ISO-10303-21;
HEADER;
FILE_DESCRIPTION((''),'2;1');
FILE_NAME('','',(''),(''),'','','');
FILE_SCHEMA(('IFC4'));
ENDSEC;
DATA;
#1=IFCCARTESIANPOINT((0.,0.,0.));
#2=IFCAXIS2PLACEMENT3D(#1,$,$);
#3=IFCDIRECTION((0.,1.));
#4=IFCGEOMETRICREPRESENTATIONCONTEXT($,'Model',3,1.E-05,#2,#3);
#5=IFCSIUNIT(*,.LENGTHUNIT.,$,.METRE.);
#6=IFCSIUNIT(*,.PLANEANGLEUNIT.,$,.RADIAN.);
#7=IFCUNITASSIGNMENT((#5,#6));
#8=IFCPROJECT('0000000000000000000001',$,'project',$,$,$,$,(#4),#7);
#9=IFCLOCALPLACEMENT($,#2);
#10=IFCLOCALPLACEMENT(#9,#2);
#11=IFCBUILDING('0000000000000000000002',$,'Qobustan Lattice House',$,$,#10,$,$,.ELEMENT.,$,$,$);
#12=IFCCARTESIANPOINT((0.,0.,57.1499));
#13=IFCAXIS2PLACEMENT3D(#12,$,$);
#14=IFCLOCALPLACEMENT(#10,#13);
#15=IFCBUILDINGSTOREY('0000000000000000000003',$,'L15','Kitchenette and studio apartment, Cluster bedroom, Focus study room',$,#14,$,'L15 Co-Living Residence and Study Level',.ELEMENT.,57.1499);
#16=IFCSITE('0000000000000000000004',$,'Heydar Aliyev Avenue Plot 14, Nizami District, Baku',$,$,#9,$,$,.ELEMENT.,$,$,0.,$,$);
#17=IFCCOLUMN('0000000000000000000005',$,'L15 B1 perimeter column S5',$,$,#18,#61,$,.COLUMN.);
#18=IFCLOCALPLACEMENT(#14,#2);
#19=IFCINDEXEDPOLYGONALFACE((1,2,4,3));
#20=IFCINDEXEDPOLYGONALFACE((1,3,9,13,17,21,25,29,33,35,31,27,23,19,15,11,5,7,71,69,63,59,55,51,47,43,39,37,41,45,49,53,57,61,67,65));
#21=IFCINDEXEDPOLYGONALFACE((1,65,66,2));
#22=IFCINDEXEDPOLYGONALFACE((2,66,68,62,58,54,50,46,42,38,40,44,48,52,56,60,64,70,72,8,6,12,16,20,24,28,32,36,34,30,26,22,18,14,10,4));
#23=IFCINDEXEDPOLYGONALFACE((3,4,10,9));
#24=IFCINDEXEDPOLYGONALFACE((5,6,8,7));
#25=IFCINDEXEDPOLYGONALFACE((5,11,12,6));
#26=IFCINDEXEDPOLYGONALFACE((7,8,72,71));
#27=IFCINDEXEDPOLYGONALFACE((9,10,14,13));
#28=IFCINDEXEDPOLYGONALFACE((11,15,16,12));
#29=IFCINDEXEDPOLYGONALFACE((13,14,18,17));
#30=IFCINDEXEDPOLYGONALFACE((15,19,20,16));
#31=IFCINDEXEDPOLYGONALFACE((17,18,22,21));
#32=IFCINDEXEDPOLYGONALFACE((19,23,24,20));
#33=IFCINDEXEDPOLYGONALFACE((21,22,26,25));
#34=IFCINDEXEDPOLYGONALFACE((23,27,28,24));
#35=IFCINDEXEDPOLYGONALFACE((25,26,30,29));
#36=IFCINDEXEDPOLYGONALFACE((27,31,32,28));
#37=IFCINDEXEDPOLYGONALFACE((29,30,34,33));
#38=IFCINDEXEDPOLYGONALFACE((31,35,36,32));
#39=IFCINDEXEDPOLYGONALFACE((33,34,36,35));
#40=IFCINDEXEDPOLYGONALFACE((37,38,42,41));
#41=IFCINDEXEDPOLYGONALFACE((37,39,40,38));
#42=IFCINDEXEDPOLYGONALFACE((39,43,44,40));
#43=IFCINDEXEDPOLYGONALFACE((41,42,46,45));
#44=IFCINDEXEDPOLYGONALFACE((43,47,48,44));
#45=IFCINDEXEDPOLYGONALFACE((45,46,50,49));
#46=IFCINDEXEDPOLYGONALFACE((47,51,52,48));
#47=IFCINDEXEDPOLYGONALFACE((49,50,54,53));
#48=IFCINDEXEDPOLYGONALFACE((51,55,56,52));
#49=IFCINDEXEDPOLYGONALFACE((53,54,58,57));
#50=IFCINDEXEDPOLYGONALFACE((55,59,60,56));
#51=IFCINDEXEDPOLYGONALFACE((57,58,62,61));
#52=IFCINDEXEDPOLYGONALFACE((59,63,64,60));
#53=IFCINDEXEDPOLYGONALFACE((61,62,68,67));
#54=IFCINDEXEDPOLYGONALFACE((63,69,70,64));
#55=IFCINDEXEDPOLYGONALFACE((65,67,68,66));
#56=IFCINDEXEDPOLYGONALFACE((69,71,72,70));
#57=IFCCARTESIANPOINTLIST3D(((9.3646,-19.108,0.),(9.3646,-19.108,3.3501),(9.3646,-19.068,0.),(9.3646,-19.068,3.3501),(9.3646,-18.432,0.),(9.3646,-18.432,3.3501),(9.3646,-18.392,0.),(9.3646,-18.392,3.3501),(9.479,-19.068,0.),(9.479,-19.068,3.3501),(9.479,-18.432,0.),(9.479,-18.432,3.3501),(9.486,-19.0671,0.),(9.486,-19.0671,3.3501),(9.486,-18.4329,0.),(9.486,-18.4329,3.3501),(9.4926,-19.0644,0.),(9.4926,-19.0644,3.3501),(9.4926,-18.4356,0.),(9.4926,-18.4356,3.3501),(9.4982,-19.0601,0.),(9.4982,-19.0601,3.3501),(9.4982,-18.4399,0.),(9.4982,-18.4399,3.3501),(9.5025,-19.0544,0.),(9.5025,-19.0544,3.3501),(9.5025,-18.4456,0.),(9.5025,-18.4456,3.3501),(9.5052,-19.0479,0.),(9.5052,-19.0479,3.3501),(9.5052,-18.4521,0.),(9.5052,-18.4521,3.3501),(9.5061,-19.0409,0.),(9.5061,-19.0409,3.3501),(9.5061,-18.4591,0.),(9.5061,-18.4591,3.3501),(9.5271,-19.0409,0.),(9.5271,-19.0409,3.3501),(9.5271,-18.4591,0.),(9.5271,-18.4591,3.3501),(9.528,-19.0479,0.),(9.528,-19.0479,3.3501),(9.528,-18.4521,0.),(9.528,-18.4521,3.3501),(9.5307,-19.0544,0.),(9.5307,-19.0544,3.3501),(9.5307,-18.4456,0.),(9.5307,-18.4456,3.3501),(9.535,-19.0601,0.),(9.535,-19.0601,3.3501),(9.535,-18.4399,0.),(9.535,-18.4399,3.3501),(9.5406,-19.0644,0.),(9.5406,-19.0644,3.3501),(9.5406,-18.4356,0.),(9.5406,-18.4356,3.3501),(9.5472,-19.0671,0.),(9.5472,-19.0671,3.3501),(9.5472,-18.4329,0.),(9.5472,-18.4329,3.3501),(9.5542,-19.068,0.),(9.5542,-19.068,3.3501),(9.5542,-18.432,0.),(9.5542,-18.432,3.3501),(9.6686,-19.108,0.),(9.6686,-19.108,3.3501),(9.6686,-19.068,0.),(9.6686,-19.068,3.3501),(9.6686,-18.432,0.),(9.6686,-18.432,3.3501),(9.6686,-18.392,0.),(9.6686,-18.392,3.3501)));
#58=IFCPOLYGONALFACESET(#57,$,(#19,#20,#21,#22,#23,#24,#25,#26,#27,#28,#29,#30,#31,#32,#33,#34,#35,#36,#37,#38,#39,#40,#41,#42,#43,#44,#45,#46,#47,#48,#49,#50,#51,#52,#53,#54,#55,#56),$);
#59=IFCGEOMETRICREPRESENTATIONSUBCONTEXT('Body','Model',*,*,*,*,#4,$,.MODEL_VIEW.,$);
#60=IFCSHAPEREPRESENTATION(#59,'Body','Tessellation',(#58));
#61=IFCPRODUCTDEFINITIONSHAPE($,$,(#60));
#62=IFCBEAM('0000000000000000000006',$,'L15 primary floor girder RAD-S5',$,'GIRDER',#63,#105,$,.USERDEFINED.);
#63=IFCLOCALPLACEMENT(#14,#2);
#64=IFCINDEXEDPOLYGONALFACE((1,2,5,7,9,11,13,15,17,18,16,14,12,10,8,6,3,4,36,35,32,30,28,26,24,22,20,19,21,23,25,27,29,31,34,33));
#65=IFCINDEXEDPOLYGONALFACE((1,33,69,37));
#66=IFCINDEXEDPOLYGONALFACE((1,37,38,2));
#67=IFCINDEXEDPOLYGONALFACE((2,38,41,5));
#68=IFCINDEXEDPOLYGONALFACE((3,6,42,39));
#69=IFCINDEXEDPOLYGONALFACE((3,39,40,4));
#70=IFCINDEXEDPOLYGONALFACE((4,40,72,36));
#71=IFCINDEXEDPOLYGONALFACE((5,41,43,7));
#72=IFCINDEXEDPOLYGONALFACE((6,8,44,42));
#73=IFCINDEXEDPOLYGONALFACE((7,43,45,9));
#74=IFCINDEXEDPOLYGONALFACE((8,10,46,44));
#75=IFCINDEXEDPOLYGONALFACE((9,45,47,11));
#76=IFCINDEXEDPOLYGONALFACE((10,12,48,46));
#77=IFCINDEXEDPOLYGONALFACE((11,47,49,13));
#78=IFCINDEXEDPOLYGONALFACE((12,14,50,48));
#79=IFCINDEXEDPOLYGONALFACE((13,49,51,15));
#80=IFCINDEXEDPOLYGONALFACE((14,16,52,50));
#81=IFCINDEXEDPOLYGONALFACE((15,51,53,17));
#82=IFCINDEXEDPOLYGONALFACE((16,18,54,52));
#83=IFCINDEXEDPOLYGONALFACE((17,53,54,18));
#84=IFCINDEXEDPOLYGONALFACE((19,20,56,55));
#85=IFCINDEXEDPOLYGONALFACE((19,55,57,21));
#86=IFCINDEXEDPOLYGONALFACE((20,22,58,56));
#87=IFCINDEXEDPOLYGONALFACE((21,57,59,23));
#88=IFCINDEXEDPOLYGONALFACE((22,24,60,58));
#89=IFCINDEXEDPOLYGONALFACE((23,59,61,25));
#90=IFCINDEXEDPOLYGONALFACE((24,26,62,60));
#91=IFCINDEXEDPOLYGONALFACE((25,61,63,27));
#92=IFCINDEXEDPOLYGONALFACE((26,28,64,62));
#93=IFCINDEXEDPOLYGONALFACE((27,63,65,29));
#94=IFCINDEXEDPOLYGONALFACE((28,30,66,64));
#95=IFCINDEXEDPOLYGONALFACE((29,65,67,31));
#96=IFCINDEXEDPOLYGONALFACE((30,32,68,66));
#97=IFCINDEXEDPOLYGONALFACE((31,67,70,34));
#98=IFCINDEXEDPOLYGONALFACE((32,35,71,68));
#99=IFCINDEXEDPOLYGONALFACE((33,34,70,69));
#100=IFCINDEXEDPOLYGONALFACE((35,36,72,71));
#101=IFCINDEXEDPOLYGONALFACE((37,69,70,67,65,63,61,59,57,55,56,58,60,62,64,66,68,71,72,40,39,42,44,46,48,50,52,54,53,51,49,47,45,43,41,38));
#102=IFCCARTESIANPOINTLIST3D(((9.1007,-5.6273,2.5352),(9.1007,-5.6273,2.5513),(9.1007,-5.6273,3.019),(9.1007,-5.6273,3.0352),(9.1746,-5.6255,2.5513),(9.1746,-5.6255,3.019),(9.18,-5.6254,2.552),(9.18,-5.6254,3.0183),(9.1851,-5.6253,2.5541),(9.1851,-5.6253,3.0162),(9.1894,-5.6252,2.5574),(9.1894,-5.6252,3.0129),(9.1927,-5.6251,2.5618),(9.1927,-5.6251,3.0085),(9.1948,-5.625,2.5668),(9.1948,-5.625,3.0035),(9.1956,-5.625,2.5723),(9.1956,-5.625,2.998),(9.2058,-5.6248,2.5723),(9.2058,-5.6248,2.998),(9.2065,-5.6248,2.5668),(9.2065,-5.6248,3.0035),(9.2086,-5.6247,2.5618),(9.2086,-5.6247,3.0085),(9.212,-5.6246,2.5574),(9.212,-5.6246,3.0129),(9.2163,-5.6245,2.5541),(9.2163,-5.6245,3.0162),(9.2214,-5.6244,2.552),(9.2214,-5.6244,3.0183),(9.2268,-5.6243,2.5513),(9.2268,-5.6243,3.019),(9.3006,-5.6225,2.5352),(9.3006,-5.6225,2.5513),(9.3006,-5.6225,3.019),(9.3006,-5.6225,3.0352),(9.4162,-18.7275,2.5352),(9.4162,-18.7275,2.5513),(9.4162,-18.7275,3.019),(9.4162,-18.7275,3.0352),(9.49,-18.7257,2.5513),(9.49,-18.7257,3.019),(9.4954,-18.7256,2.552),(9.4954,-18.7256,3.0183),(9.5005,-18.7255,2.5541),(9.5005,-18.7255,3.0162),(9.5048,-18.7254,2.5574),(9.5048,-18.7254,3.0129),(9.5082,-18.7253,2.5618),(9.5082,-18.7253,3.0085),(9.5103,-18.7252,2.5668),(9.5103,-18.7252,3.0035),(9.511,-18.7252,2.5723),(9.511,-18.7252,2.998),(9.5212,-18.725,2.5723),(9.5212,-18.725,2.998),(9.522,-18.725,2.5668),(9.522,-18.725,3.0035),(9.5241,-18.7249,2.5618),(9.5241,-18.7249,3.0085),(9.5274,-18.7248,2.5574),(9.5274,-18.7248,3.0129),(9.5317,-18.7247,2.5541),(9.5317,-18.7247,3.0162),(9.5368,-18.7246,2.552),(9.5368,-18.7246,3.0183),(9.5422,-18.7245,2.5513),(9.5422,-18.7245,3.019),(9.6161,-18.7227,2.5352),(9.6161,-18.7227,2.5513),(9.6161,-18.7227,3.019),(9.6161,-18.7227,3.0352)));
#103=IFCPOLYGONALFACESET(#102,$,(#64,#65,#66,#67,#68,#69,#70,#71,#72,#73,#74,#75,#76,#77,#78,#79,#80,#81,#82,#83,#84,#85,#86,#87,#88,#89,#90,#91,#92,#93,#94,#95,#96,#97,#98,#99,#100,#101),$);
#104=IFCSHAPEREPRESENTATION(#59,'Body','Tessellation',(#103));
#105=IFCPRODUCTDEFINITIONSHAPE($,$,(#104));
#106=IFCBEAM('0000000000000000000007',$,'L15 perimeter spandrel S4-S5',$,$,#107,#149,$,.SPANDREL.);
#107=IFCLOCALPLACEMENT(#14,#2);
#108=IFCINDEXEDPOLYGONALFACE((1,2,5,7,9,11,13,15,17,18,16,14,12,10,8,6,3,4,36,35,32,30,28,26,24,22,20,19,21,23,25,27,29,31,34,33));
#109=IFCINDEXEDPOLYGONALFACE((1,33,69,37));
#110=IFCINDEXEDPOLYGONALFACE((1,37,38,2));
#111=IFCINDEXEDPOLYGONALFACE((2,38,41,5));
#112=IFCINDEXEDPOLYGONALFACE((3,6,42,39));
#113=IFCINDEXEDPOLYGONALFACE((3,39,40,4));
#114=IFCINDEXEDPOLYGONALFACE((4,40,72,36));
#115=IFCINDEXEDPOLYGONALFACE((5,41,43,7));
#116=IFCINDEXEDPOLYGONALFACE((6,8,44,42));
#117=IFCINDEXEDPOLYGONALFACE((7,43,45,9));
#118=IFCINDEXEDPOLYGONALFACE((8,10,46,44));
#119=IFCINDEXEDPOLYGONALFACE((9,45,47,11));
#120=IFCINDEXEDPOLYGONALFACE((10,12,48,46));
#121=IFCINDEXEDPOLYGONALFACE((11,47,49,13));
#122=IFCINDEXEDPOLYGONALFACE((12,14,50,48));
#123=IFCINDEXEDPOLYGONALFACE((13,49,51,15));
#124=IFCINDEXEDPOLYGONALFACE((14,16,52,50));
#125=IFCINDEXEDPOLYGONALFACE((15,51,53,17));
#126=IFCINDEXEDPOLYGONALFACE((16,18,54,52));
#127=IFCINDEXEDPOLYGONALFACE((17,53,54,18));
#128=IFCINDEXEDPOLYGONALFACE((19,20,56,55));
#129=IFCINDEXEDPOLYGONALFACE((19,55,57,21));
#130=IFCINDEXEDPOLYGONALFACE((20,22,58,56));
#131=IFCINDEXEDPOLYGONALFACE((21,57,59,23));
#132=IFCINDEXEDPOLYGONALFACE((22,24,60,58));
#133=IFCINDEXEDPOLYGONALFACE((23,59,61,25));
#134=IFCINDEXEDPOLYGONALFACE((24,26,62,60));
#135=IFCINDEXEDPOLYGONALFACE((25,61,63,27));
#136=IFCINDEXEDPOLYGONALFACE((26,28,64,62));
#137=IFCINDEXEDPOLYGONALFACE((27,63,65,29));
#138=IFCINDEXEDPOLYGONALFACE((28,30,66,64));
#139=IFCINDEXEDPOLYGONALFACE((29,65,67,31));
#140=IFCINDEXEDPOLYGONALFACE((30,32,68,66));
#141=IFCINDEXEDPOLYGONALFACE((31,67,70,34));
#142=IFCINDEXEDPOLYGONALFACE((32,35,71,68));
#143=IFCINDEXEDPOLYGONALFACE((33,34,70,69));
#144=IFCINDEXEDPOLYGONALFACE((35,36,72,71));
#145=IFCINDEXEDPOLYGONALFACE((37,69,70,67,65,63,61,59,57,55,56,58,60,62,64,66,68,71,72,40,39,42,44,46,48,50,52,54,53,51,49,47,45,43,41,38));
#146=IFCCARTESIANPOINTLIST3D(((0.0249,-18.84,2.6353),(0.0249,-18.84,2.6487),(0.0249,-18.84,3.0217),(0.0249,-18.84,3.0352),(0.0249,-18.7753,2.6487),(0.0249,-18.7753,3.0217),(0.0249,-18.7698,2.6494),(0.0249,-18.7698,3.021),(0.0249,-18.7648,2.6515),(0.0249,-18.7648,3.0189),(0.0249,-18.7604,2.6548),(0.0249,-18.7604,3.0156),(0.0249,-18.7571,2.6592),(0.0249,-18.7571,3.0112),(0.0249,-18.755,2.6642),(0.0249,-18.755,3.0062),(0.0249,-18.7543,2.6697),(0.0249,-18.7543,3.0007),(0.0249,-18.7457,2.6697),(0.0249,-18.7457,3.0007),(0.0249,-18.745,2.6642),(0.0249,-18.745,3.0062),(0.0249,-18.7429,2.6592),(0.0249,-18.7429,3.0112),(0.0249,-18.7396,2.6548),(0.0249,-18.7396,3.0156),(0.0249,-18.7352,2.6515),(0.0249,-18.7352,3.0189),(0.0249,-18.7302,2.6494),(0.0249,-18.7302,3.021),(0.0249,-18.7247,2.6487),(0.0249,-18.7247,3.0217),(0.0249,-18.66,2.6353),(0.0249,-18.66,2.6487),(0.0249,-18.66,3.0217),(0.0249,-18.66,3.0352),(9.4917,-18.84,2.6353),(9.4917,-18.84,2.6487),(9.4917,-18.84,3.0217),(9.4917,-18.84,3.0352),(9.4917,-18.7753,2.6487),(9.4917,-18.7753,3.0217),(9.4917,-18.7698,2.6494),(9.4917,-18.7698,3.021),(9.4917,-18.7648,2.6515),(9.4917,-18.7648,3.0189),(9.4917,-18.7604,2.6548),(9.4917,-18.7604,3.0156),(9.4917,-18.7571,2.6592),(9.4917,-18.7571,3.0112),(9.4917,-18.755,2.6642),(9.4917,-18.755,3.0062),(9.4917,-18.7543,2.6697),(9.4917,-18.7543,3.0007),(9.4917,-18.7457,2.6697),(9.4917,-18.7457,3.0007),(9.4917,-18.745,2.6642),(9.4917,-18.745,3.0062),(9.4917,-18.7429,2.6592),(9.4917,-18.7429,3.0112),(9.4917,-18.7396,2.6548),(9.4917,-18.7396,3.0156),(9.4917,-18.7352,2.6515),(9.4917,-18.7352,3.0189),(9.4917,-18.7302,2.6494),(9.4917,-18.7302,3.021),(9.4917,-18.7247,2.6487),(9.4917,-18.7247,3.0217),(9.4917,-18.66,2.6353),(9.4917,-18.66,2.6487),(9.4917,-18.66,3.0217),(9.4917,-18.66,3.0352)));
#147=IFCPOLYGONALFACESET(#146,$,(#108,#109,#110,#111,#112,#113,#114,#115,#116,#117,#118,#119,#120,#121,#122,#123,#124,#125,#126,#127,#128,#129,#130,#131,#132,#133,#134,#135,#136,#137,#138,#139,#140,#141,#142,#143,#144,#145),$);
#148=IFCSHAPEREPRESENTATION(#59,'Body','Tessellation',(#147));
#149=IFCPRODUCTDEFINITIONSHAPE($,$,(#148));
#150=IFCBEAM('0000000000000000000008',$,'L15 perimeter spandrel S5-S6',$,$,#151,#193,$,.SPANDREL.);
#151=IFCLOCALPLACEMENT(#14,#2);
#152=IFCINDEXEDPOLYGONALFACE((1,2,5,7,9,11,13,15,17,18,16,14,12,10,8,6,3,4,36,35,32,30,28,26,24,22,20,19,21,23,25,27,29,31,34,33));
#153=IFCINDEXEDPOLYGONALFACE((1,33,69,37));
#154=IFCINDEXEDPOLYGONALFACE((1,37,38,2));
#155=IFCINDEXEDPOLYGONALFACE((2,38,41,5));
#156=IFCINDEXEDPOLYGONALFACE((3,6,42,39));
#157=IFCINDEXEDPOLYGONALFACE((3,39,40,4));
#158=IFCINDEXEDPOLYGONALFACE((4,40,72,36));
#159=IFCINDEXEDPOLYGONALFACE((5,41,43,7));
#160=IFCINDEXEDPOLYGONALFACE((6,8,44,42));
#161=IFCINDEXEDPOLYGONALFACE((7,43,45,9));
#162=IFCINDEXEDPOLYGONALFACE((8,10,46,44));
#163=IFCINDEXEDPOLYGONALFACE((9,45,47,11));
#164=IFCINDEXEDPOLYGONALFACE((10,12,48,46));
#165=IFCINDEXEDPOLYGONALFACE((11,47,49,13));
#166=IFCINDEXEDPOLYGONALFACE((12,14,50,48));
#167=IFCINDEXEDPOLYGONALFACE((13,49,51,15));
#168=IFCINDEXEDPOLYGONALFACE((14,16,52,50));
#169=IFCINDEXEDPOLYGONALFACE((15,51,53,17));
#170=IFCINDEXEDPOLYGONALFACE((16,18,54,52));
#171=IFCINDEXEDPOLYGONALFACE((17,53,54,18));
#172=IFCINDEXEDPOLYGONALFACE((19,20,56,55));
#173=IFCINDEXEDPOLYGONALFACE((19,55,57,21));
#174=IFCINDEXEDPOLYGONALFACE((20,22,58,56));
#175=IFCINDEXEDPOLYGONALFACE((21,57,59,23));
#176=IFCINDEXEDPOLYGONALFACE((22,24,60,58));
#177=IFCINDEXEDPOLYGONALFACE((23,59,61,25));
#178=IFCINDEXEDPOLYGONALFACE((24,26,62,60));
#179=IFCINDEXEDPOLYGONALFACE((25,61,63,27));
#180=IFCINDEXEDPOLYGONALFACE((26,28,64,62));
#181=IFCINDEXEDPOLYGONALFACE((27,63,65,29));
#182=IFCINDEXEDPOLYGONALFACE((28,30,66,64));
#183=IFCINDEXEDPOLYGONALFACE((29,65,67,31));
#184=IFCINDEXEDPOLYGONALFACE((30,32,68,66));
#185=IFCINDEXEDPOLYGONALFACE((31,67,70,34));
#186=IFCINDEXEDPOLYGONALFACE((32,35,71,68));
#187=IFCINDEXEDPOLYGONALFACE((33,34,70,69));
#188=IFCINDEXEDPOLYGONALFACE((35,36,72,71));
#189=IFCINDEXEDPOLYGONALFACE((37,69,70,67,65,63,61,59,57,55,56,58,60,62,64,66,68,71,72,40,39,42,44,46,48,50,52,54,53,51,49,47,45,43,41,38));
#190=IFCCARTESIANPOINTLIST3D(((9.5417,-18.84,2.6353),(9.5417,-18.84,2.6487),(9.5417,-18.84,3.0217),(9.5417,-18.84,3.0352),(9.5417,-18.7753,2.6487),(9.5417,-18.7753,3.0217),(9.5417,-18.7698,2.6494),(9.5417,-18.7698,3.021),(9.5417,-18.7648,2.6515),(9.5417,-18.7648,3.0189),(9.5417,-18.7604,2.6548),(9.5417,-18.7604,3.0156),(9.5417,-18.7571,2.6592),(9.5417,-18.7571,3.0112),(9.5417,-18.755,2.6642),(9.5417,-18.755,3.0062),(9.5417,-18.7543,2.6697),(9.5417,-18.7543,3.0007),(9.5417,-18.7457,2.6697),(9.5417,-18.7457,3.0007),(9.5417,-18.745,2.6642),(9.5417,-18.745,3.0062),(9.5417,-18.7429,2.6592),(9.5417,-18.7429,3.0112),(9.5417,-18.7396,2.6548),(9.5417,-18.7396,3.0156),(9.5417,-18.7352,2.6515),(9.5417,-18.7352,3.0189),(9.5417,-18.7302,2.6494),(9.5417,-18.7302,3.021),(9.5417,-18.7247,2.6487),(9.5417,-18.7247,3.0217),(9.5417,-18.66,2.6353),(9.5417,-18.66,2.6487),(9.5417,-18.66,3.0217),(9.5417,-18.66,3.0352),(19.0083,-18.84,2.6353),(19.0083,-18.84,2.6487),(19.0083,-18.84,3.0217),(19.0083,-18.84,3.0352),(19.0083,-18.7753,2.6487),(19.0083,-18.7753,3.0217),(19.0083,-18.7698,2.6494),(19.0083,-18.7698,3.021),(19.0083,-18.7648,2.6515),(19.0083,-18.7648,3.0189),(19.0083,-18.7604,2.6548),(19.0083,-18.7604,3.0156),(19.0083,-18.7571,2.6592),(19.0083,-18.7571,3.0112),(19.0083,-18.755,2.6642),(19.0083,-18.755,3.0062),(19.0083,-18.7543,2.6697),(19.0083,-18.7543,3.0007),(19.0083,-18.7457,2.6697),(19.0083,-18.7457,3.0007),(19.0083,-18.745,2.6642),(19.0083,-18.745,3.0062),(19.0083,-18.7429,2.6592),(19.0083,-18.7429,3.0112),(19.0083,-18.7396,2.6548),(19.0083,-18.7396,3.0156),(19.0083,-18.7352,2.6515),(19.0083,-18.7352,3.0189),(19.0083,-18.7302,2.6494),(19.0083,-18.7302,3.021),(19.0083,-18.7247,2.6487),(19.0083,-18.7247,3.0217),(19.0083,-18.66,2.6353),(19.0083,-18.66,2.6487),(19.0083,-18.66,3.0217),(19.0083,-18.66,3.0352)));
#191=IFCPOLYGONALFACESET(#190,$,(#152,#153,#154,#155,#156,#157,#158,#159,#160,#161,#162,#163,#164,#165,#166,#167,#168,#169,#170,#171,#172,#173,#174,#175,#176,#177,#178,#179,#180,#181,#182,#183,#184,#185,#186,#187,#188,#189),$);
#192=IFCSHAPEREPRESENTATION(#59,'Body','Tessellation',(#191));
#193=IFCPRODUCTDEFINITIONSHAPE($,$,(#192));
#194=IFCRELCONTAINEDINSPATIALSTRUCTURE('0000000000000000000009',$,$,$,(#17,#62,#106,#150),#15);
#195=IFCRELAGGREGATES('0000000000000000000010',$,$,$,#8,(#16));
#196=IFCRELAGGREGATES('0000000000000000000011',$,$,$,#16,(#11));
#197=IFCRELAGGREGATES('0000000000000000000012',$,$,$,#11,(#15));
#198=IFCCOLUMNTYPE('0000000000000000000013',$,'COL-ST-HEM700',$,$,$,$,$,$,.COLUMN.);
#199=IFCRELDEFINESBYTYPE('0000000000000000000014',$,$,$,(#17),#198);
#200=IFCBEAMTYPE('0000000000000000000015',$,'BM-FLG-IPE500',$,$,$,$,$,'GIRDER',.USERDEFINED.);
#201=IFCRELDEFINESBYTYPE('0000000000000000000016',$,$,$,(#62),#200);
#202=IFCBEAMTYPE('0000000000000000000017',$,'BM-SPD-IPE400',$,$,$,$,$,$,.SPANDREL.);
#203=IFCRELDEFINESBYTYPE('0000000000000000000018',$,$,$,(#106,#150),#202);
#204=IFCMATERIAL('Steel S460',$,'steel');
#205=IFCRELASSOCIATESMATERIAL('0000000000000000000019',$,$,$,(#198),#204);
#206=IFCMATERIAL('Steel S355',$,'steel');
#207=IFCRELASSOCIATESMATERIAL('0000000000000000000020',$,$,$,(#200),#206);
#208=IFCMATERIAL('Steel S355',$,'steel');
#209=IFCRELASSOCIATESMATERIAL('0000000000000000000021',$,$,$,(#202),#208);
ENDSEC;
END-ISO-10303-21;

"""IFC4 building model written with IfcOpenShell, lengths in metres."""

from ifc_helpers import new_model, si_unit, direction, frame, origin, origin_2d, place, context, subcontext, project, spatial, i_section, extrude, material, material_profile, profile_set, type_object, element, save


model = new_model("IFC4")

# Units and contexts
model_context = context("Model", 3, precision=1e-05, world=origin(), true_north=direction((0.0, 1.0)))
body_context = subcontext(model_context, "Body", "Model", "MODEL_VIEW")
ifc_project = project(units=[si_unit("LENGTHUNIT", "METRE"), si_unit("PLANEANGLEUNIT", "RADIAN")], contexts=[model_context])

# Site, building, storey
site_placement = place(None, origin())
site = spatial("IfcSite", under=ifc_project, at=site_placement, Name="Heydar Aliyev Avenue Plot 14, Nizami District, Baku", CompositionType="ELEMENT", RefElevation=0.0)
building_placement = place(site_placement, origin())
building = spatial("IfcBuilding", under=site, at=building_placement, Name="Qobustan Lattice House", CompositionType="ELEMENT")
storey_placement = place(building_placement, frame((0.0, 0.0, 57.1499)))
storey = spatial("IfcBuildingStorey", under=building, at=storey_placement, Name="L15", Description="Kitchenette and studio apartment, Cluster bedroom, Focus study room", LongName="L15 Co-Living Residence and Study Level", CompositionType="ELEMENT", Elevation=57.1499)

# Column
ifc_material_1 = material(Name="Steel S460", Category="steel")
ifc_material_profile_1 = material_profile(ifc_material_1, i_section(OverallWidth=0.304, OverallDepth=0.7161, WebThickness=0.021, FlangeThickness=0.04, FilletRadius=0.0271, at=origin_2d()), Name="HEM700")
ifc_profile_set_1 = profile_set([ifc_material_profile_1], Name="Steel S460")
column_type = type_object("IfcColumnType", Name="COL-ST-HEM700", PredefinedType="COLUMN", material=ifc_profile_set_1)
column_placement = place(storey_placement, frame((9.5166, -18.75, 0.0), z_axis=(0.0, 0.0, 1.0), x_axis=(1.0, 0.0, 0.0)))
element("IfcColumn", 1, at=column_placement, inside=storey, type_object=column_type, Name="L15 B1 perimeter column S5", PredefinedType="COLUMN", context=body_context, shape_type="SweptSolid", body=[
    extrude(i_section(OverallWidth=0.304, OverallDepth=0.7161, WebThickness=0.021, FlangeThickness=0.04, FilletRadius=0.0271, at=origin_2d()), origin(), (0.0, 0.0, 1.0), 3.3501),
])

# Beams
ifc_material_2 = material(Name="Steel S355", Category="steel")
ifc_material_profile_2 = material_profile(ifc_material_2, i_section(OverallWidth=0.2, OverallDepth=0.5, WebThickness=0.0103, FlangeThickness=0.0161, FilletRadius=0.021, at=origin_2d()), Name="IPE500")
ifc_profile_set_2 = profile_set([ifc_material_profile_2], Name="Steel S355")
beam_type_1 = type_object("IfcBeamType", Name="BM-FLG-IPE500", ElementType="GIRDER", PredefinedType="USERDEFINED", material=ifc_profile_set_2)
beam_1_placement = place(storey_placement, frame((9.5161, -18.7251, 2.7852), z_axis=(-0.024071, 0.99971, 0.0), x_axis=(-0.99971, -0.024071, 0.0)))
element("IfcBeam", 2, at=beam_1_placement, inside=storey, type_object=beam_type_1, Name="L15 primary floor girder RAD-S5", ObjectType="GIRDER", PredefinedType="USERDEFINED", context=body_context, shape_type="SweptSolid", body=[
    extrude(i_section(OverallWidth=0.2, OverallDepth=0.5, WebThickness=0.0103, FlangeThickness=0.0161, FilletRadius=0.021, at=origin_2d()), origin(), (0.0, 0.0, 1.0), 13.104),
])
ifc_material_3 = material(Name="Steel S355", Category="steel")
ifc_material_profile_3 = material_profile(ifc_material_3, i_section(OverallWidth=0.1799, OverallDepth=0.3999, WebThickness=0.0085, FlangeThickness=0.0134, FilletRadius=0.021, at=origin_2d()), Name="IPE400")
ifc_profile_set_3 = profile_set([ifc_material_profile_3], Name="Steel S355")
beam_type_2 = type_object("IfcBeamType", Name="BM-SPD-IPE400", PredefinedType="SPANDREL", material=ifc_profile_set_3)
beam_2_placement = place(storey_placement, frame((0.0249, -18.75, 2.8352), z_axis=(1.0, 0.0, 0.0), x_axis=(0.0, 1.0, 0.0)))
element("IfcBeam", 3, at=beam_2_placement, inside=storey, type_object=beam_type_2, Name="L15 perimeter spandrel S4-S5", PredefinedType="SPANDREL", context=body_context, shape_type="SweptSolid", body=[
    extrude(i_section(OverallWidth=0.1799, OverallDepth=0.3999, WebThickness=0.0085, FlangeThickness=0.0134, FilletRadius=0.021, at=origin_2d()), origin(), (0.0, 0.0, 1.0), 9.4668),
])
beam_3_placement = place(storey_placement, frame((9.5417, -18.75, 2.8352), z_axis=(1.0, 0.0, 0.0), x_axis=(0.0, 1.0, 0.0)))
element("IfcBeam", 4, at=beam_3_placement, inside=storey, type_object=beam_type_2, Name="L15 perimeter spandrel S5-S6", PredefinedType="SPANDREL", context=body_context, shape_type="SweptSolid", body=[
    extrude(i_section(OverallWidth=0.1799, OverallDepth=0.3999, WebThickness=0.0085, FlangeThickness=0.0134, FilletRadius=0.021, at=origin_2d()), origin(), (0.0, 0.0, 1.0), 9.4666),
])

save(model, "model.ifc")
